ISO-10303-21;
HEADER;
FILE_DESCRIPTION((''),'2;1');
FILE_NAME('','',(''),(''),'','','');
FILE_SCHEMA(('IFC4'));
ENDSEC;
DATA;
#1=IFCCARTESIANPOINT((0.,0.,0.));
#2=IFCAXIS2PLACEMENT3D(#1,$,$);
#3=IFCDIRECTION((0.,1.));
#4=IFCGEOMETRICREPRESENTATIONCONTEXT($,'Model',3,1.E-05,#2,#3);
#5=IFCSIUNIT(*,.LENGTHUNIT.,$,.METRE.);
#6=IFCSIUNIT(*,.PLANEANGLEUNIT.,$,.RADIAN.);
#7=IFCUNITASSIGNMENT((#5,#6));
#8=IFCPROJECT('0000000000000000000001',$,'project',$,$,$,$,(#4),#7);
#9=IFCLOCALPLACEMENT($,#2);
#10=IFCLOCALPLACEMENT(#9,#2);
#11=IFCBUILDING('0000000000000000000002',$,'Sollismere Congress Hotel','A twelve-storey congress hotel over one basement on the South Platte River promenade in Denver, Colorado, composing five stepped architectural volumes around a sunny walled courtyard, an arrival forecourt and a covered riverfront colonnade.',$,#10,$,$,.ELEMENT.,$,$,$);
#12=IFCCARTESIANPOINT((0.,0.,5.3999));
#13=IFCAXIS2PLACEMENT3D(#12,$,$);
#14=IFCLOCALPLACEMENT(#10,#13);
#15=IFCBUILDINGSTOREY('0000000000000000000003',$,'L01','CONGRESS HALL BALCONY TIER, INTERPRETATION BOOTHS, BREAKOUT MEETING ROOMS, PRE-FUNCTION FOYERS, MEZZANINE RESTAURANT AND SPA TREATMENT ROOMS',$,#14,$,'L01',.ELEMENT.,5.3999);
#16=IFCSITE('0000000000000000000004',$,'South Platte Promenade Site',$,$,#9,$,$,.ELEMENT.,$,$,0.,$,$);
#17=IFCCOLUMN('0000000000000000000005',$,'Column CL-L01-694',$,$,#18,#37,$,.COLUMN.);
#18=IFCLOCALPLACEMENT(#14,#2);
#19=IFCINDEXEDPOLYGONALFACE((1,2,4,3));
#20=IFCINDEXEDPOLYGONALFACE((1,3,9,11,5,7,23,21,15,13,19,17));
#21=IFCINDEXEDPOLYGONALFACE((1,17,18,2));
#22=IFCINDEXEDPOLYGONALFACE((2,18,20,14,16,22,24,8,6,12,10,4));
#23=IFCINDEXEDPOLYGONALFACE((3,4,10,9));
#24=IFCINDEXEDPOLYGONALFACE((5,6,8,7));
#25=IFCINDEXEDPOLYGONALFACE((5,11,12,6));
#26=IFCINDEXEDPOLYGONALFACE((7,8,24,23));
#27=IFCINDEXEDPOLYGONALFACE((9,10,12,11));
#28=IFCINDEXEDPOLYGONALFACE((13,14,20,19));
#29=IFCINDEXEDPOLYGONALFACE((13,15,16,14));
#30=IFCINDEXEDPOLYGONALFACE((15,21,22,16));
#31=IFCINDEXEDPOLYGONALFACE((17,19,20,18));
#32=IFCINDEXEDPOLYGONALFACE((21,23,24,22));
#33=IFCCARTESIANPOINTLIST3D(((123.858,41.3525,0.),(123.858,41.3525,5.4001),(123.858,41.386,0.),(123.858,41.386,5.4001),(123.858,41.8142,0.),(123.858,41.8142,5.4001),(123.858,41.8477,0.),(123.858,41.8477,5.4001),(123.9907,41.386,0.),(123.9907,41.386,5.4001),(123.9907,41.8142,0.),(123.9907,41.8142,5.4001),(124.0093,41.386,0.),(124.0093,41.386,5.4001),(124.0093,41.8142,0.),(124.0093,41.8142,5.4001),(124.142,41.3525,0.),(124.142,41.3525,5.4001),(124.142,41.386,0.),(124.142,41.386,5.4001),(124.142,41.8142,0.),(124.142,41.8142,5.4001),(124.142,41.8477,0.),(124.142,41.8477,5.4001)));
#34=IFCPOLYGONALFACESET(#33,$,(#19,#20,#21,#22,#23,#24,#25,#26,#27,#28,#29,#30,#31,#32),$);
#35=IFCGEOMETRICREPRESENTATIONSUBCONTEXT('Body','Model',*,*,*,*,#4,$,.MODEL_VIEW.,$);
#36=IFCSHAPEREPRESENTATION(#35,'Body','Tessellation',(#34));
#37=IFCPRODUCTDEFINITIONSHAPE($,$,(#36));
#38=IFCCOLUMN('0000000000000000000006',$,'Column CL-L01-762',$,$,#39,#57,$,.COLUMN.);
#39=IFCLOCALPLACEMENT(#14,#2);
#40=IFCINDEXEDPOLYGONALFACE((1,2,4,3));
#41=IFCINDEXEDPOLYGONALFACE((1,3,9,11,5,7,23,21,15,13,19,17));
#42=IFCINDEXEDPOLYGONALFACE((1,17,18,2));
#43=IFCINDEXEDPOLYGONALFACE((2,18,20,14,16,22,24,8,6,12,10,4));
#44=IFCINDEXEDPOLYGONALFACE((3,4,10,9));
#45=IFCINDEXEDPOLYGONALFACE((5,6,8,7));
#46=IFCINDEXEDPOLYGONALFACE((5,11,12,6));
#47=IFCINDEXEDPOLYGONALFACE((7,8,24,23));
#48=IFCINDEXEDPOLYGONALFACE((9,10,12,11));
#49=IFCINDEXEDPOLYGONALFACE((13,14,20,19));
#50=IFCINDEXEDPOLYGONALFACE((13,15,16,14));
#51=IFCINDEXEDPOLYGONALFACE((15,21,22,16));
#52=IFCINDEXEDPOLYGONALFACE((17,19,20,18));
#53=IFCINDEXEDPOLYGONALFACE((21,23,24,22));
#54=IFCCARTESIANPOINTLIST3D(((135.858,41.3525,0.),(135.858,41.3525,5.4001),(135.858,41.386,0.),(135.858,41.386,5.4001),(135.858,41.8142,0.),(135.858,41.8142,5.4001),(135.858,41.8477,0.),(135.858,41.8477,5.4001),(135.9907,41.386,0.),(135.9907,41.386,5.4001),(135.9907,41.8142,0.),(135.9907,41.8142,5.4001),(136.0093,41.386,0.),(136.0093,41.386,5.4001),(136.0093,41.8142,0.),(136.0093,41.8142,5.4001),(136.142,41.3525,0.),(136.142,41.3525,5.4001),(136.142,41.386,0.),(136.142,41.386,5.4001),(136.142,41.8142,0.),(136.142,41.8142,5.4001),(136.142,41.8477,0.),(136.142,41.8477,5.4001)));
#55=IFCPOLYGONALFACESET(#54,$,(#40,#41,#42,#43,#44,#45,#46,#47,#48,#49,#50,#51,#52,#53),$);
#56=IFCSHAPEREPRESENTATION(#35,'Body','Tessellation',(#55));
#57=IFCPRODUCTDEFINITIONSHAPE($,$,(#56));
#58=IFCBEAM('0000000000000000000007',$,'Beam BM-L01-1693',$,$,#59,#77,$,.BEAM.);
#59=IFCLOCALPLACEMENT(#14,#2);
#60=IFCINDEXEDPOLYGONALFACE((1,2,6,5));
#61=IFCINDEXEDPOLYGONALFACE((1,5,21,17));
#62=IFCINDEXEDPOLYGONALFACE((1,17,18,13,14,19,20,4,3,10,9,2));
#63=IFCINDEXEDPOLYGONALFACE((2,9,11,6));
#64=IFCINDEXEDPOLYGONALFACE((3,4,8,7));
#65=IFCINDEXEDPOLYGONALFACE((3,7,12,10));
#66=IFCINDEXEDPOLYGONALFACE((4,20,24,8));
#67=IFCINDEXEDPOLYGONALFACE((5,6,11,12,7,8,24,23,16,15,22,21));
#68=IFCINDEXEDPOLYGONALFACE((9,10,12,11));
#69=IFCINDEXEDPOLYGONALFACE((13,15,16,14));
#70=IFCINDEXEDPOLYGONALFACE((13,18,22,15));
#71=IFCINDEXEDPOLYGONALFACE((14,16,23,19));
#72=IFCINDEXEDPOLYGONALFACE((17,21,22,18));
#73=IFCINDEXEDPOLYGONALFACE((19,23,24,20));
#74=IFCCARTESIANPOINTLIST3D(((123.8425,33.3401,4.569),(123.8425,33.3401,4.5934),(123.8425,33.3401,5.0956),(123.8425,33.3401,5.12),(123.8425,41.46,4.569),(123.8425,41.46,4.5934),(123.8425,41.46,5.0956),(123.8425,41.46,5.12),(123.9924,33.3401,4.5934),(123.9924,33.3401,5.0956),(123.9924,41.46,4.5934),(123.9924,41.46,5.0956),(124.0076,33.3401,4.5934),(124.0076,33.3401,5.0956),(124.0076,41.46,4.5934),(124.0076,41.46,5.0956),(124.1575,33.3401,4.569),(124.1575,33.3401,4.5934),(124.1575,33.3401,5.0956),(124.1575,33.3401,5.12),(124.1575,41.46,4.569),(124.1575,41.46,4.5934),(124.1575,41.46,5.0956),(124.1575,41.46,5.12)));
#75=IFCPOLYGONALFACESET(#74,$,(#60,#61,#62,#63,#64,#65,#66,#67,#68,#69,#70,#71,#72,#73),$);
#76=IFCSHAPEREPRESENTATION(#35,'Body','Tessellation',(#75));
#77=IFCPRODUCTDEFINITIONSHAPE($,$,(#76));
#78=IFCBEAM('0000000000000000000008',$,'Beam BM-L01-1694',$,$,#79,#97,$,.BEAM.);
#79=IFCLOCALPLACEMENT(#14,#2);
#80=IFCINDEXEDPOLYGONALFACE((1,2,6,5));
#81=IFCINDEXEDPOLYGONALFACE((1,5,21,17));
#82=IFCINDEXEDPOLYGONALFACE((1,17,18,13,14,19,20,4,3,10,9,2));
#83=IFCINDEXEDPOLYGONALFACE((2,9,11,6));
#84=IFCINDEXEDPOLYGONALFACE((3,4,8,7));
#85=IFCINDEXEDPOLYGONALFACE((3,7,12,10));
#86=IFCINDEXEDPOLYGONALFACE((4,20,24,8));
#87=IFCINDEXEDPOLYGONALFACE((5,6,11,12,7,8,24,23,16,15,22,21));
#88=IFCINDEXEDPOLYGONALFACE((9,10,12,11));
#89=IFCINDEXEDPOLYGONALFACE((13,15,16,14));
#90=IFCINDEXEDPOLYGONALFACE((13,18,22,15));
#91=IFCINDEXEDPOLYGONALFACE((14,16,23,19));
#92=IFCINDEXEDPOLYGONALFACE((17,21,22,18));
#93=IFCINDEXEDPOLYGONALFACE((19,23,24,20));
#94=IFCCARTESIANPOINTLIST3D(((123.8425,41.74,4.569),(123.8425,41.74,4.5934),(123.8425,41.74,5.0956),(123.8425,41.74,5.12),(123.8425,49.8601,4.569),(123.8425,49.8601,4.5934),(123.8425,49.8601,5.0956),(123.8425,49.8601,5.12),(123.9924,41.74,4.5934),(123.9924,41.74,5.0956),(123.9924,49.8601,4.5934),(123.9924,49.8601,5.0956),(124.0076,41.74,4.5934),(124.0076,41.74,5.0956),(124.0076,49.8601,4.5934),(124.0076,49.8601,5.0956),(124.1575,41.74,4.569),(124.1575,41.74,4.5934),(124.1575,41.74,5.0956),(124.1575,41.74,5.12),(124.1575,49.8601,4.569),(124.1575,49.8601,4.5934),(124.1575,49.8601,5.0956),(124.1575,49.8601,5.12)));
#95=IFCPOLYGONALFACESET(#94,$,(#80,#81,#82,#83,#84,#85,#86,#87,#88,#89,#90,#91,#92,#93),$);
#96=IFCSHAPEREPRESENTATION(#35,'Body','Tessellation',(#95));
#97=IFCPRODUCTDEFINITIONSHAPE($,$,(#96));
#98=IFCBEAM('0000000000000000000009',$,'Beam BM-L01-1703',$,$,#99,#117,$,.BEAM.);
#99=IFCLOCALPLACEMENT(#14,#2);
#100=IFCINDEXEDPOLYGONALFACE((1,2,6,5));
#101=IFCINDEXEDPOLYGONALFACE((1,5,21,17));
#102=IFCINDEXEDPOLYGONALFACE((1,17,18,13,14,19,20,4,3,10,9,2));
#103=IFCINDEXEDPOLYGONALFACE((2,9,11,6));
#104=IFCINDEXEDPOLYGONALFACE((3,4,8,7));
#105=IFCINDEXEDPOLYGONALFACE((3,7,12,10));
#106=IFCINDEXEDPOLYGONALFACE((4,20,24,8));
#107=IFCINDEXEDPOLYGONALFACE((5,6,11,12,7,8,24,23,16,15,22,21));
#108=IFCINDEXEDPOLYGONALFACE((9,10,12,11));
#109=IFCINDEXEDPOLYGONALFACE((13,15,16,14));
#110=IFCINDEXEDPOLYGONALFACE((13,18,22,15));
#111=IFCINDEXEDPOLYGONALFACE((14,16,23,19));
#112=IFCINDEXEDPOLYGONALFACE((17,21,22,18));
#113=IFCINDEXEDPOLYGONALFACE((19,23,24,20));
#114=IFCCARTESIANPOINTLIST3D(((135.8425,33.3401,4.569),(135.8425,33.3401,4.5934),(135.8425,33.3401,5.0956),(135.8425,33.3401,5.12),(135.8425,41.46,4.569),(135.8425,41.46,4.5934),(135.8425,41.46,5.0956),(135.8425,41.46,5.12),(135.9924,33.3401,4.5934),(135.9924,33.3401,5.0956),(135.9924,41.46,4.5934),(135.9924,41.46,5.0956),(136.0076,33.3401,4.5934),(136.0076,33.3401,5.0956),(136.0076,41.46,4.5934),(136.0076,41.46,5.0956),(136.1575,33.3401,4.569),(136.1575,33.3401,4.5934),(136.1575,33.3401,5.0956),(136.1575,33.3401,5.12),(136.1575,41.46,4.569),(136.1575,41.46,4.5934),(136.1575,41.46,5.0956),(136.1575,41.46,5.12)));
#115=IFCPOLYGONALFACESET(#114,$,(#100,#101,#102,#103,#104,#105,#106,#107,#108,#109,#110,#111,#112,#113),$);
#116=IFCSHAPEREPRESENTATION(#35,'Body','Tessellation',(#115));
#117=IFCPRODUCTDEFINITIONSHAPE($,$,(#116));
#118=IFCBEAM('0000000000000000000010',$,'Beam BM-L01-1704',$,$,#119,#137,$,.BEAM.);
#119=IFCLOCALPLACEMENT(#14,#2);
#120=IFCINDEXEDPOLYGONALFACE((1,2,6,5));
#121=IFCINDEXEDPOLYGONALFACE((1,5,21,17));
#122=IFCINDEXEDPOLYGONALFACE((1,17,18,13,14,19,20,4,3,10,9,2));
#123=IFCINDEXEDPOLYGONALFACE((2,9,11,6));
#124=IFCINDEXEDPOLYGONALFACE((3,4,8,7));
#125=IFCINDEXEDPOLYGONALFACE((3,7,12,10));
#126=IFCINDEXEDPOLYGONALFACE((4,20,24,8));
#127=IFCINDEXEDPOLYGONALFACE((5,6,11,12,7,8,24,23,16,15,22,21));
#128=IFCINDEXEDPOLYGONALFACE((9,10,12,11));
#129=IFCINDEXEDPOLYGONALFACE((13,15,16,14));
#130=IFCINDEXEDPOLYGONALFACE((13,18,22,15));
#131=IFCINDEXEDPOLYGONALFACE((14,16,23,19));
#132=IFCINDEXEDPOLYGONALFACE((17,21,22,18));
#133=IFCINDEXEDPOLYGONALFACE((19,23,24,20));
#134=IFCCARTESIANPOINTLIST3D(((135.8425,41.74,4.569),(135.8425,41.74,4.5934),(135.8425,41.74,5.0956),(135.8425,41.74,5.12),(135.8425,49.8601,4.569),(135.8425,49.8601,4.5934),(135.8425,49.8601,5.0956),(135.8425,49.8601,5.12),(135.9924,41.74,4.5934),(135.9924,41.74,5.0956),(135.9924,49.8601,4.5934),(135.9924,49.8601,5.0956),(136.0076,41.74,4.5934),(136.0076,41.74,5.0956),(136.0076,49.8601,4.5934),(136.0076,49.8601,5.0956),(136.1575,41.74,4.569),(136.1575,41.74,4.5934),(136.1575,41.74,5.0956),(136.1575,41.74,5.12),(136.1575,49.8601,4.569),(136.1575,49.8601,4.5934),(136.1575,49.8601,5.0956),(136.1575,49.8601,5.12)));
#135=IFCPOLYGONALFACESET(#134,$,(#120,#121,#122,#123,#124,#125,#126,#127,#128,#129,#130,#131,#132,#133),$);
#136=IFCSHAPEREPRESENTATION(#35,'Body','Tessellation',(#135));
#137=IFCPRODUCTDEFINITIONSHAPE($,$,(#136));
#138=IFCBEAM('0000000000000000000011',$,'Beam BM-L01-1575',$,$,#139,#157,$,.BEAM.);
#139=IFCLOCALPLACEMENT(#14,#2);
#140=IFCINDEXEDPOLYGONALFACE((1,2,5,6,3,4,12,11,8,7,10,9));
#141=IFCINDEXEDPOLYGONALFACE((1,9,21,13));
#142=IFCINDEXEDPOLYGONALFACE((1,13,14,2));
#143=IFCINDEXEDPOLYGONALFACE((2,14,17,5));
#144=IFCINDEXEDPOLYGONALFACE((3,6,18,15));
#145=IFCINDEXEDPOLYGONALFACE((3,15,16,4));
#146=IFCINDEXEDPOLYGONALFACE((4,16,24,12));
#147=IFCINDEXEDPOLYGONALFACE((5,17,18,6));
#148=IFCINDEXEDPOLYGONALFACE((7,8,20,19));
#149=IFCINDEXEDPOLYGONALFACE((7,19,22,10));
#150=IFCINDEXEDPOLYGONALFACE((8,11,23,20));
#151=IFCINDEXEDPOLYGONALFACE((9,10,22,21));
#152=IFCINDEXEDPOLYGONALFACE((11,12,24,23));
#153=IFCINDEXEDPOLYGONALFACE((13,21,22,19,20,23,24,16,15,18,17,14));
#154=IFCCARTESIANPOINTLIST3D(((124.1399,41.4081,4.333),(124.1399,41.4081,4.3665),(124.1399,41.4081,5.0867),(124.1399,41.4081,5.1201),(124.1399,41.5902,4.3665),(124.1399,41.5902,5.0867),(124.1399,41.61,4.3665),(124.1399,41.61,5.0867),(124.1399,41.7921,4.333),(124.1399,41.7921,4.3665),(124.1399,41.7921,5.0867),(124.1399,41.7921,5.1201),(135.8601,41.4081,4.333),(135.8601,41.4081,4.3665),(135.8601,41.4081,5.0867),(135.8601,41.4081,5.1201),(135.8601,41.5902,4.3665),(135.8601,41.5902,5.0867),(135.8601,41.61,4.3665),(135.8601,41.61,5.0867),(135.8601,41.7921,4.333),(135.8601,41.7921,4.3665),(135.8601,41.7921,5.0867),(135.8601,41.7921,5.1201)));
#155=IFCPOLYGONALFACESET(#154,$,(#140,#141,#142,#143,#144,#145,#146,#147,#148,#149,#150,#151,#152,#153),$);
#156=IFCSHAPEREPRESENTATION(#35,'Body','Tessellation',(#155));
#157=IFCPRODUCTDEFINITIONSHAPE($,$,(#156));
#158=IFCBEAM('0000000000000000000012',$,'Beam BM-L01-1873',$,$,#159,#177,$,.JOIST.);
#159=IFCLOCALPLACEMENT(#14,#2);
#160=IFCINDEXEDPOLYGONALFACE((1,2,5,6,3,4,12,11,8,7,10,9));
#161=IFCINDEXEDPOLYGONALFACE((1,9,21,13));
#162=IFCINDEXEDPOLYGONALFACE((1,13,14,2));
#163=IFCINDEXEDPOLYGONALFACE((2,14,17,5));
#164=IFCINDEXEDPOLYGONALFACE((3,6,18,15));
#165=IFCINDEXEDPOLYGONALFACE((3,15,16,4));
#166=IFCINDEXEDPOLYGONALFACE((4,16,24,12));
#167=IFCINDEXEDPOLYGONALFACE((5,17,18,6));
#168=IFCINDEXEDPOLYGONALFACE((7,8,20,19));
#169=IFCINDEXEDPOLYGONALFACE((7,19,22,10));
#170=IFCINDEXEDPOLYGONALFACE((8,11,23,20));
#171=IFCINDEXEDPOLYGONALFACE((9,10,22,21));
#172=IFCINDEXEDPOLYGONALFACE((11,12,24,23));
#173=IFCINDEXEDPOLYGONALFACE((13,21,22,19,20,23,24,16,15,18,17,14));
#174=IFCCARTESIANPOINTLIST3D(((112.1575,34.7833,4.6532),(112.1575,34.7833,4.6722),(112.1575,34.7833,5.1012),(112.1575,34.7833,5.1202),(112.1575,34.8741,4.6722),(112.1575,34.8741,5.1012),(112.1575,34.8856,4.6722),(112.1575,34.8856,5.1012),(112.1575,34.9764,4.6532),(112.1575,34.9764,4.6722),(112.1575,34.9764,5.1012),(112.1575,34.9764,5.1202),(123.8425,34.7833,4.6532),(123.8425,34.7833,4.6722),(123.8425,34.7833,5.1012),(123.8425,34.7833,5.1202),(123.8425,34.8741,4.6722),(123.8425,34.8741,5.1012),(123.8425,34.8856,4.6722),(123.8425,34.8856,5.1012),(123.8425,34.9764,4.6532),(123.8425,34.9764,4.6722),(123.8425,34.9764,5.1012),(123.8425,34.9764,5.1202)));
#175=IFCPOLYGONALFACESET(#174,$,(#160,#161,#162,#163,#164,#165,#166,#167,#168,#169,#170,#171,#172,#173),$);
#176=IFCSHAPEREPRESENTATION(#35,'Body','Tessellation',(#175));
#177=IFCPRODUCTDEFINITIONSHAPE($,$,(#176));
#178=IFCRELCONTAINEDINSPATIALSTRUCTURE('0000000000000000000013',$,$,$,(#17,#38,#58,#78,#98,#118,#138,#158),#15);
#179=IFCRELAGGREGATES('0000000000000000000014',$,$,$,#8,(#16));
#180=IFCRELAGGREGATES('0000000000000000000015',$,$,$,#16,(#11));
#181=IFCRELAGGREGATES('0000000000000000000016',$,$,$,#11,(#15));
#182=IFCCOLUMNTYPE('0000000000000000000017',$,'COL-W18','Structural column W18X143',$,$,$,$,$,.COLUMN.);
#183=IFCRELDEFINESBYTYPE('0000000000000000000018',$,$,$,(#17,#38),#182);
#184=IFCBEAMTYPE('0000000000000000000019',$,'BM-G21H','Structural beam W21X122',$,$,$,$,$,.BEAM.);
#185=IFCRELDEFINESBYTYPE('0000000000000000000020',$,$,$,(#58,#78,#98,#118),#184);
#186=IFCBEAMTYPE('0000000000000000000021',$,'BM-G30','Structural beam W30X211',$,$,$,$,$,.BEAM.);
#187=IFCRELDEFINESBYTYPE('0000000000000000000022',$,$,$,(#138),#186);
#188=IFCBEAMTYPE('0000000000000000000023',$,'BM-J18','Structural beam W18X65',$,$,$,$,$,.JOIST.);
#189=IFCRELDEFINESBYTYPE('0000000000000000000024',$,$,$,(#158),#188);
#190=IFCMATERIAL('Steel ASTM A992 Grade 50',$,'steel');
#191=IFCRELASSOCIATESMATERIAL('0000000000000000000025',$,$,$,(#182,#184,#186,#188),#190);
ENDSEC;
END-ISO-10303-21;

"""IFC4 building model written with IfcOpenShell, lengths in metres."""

from ifc_helpers import new_model, si_unit, direction, frame, origin, origin_2d, place, context, subcontext, project, spatial, i_section, extrude, material, material_profile, profile_set, type_object, element, save


model = new_model("IFC4")

# Units and contexts
model_context = context("Model", 3, precision=1e-05, world=origin(), true_north=direction((0.0, 1.0)))
body_context = subcontext(model_context, "Body", "Model", "MODEL_VIEW")
ifc_project = project(units=[si_unit("LENGTHUNIT", "METRE"), si_unit("PLANEANGLEUNIT", "RADIAN")], contexts=[model_context])

# Site, building, storey
site_placement = place(None, origin())
site = spatial("IfcSite", under=ifc_project, at=site_placement, Name="South Platte Promenade Site", CompositionType="ELEMENT", RefElevation=0.0)
building_placement = place(site_placement, origin())
building = spatial("IfcBuilding", under=site, at=building_placement, Name="Sollismere Congress Hotel", Description="A twelve-storey congress hotel over one basement on the South Platte River promenade in Denver, Colorado, composing five stepped architectural volumes around a sunny walled courtyard, an arrival forecourt and a covered riverfront colonnade.", CompositionType="ELEMENT")
storey_placement = place(building_placement, frame((0.0, 0.0, 5.3999)))
storey = spatial("IfcBuildingStorey", under=building, at=storey_placement, Name="L01", Description="CONGRESS HALL BALCONY TIER, INTERPRETATION BOOTHS, BREAKOUT MEETING ROOMS, PRE-FUNCTION FOYERS, MEZZANINE RESTAURANT AND SPA TREATMENT ROOMS", LongName="L01", CompositionType="ELEMENT", Elevation=5.3999)

# Columns
ifc_material_1 = material(Name="Steel ASTM A992 Grade 50", Category="steel")
ifc_material_profile_1 = material_profile(ifc_material_1, i_section(OverallWidth=0.2839, OverallDepth=0.4951, WebThickness=0.0186, FlangeThickness=0.0334, at=origin_2d()), Name="W18X143")
ifc_profile_set_1 = profile_set([ifc_material_profile_1], Name="Steel ASTM A992 Grade 50")
column_type = type_object("IfcColumnType", Name="COL-W18", Description="Structural column W18X143", PredefinedType="COLUMN", material=ifc_profile_set_1)
for number, where, z_axis, x_axis, name in (
    (1, (124.0, 41.6001, 0.0), (0.0, 0.0, 1.0), (1.0, 0.0, 0.0), "Column CL-L01-694"),
    (2, (136.0, 41.6001, 0.0), (0.0, 0.0, 1.0), (1.0, 0.0, 0.0), "Column CL-L01-762"),
):
    element("IfcColumn", number, at=place(storey_placement, frame(where, z_axis=z_axis, x_axis=x_axis)), inside=storey, type_object=column_type, Name=name, PredefinedType="COLUMN", context=body_context, shape_type="SweptSolid", body=[
        extrude(i_section(OverallWidth=0.2839, OverallDepth=0.4951, WebThickness=0.0186, FlangeThickness=0.0334, at=origin_2d()), origin(), (0.0, 0.0, 1.0), 5.4001),
    ])

# Beams
ifc_material_profile_2 = material_profile(ifc_material_1, i_section(OverallWidth=0.3149, OverallDepth=0.551, WebThickness=0.0151, FlangeThickness=0.0244, at=origin_2d()), Name="W21X122")
ifc_profile_set_2 = profile_set([ifc_material_profile_2], Name="Steel ASTM A992 Grade 50")
beam_type_1 = type_object("IfcBeamType", Name="BM-G21H", Description="Structural beam W21X122", PredefinedType="BEAM", material=ifc_profile_set_2)
beam_1_placement = place(storey_placement, frame((124.0, 33.3401, 4.8445), z_axis=(0.0, 1.0, 0.0), x_axis=(-1.0, 0.0, 0.0)))
element("IfcBeam", 3, at=beam_1_placement, inside=storey, type_object=beam_type_1, Name="Beam BM-L01-1693", PredefinedType="BEAM", context=body_context, shape_type="SweptSolid", body=[
    extrude(i_section(OverallWidth=0.3149, OverallDepth=0.551, WebThickness=0.0151, FlangeThickness=0.0244, at=origin_2d()), origin(), (0.0, 0.0, 1.0), 8.1199),
])
beam_2_placement = place(storey_placement, frame((124.0, 41.74, 4.8445), z_axis=(0.0, 1.0, 0.0), x_axis=(-1.0, 0.0, 0.0)))
element("IfcBeam", 4, at=beam_2_placement, inside=storey, type_object=beam_type_1, Name="Beam BM-L01-1694", PredefinedType="BEAM", context=body_context, shape_type="SweptSolid", body=[
    extrude(i_section(OverallWidth=0.3149, OverallDepth=0.551, WebThickness=0.0151, FlangeThickness=0.0244, at=origin_2d()), origin(), (0.0, 0.0, 1.0), 8.1201),
])
beam_3_placement = place(storey_placement, frame((136.0, 33.3401, 4.8445), z_axis=(0.0, 1.0, 0.0), x_axis=(-1.0, 0.0, 0.0)))
element("IfcBeam", 5, at=beam_3_placement, inside=storey, type_object=beam_type_1, Name="Beam BM-L01-1703", PredefinedType="BEAM", context=body_context, shape_type="SweptSolid", body=[
    extrude(i_section(OverallWidth=0.3149, OverallDepth=0.551, WebThickness=0.0151, FlangeThickness=0.0244, at=origin_2d()), origin(), (0.0, 0.0, 1.0), 8.1199),
])
beam_4_placement = place(storey_placement, frame((136.0, 41.74, 4.8445), z_axis=(0.0, 1.0, 0.0), x_axis=(-1.0, 0.0, 0.0)))
element("IfcBeam", 6, at=beam_4_placement, inside=storey, type_object=beam_type_1, Name="Beam BM-L01-1704", PredefinedType="BEAM", context=body_context, shape_type="SweptSolid", body=[
    extrude(i_section(OverallWidth=0.3149, OverallDepth=0.551, WebThickness=0.0151, FlangeThickness=0.0244, at=origin_2d()), origin(), (0.0, 0.0, 1.0), 8.1201),
])
ifc_material_profile_3 = material_profile(ifc_material_1, i_section(OverallWidth=0.384, OverallDepth=0.7871, WebThickness=0.0198, FlangeThickness=0.0334, at=origin_2d()), Name="W30X211")
ifc_profile_set_3 = profile_set([ifc_material_profile_3], Name="Steel ASTM A992 Grade 50")
beam_type_2 = type_object("IfcBeamType", Name="BM-G30", Description="Structural beam W30X211", PredefinedType="BEAM", material=ifc_profile_set_3)
beam_5_placement = place(storey_placement, frame((124.1399, 41.6001, 4.7266), z_axis=(1.0, 0.0, 0.0), x_axis=(0.0, 1.0, 0.0)))
element("IfcBeam", 7, at=beam_5_placement, inside=storey, type_object=beam_type_2, Name="Beam BM-L01-1575", PredefinedType="BEAM", context=body_context, shape_type="SweptSolid", body=[
    extrude(i_section(OverallWidth=0.384, OverallDepth=0.7871, WebThickness=0.0198, FlangeThickness=0.0334, at=origin_2d()), origin(), (0.0, 0.0, 1.0), 11.7202),
])
ifc_material_profile_4 = material_profile(ifc_material_1, i_section(OverallWidth=0.1931, OverallDepth=0.467, WebThickness=0.0115, FlangeThickness=0.019, at=origin_2d()), Name="W18X65")
ifc_profile_set_4 = profile_set([ifc_material_profile_4], Name="Steel ASTM A992 Grade 50")
beam_type_3 = type_object("IfcBeamType", Name="BM-J18", Description="Structural beam W18X65", PredefinedType="JOIST", material=ifc_profile_set_4)
for number, where, z_axis, x_axis, name in (
    (8, (112.1575, 34.8799, 4.8867), (1.0, 0.0, 0.0), (0.0, 1.0, 0.0), "Beam BM-L01-1873"),
):
    element("IfcBeam", number, at=place(storey_placement, frame(where, z_axis=z_axis, x_axis=x_axis)), inside=storey, type_object=beam_type_3, Name=name, PredefinedType="JOIST", context=body_context, shape_type="SweptSolid", body=[
        extrude(i_section(OverallWidth=0.1931, OverallDepth=0.467, WebThickness=0.0115, FlangeThickness=0.019, at=origin_2d()), origin(), (0.0, 0.0, 1.0), 11.6851),
    ])

save(model, "model.ifc")
